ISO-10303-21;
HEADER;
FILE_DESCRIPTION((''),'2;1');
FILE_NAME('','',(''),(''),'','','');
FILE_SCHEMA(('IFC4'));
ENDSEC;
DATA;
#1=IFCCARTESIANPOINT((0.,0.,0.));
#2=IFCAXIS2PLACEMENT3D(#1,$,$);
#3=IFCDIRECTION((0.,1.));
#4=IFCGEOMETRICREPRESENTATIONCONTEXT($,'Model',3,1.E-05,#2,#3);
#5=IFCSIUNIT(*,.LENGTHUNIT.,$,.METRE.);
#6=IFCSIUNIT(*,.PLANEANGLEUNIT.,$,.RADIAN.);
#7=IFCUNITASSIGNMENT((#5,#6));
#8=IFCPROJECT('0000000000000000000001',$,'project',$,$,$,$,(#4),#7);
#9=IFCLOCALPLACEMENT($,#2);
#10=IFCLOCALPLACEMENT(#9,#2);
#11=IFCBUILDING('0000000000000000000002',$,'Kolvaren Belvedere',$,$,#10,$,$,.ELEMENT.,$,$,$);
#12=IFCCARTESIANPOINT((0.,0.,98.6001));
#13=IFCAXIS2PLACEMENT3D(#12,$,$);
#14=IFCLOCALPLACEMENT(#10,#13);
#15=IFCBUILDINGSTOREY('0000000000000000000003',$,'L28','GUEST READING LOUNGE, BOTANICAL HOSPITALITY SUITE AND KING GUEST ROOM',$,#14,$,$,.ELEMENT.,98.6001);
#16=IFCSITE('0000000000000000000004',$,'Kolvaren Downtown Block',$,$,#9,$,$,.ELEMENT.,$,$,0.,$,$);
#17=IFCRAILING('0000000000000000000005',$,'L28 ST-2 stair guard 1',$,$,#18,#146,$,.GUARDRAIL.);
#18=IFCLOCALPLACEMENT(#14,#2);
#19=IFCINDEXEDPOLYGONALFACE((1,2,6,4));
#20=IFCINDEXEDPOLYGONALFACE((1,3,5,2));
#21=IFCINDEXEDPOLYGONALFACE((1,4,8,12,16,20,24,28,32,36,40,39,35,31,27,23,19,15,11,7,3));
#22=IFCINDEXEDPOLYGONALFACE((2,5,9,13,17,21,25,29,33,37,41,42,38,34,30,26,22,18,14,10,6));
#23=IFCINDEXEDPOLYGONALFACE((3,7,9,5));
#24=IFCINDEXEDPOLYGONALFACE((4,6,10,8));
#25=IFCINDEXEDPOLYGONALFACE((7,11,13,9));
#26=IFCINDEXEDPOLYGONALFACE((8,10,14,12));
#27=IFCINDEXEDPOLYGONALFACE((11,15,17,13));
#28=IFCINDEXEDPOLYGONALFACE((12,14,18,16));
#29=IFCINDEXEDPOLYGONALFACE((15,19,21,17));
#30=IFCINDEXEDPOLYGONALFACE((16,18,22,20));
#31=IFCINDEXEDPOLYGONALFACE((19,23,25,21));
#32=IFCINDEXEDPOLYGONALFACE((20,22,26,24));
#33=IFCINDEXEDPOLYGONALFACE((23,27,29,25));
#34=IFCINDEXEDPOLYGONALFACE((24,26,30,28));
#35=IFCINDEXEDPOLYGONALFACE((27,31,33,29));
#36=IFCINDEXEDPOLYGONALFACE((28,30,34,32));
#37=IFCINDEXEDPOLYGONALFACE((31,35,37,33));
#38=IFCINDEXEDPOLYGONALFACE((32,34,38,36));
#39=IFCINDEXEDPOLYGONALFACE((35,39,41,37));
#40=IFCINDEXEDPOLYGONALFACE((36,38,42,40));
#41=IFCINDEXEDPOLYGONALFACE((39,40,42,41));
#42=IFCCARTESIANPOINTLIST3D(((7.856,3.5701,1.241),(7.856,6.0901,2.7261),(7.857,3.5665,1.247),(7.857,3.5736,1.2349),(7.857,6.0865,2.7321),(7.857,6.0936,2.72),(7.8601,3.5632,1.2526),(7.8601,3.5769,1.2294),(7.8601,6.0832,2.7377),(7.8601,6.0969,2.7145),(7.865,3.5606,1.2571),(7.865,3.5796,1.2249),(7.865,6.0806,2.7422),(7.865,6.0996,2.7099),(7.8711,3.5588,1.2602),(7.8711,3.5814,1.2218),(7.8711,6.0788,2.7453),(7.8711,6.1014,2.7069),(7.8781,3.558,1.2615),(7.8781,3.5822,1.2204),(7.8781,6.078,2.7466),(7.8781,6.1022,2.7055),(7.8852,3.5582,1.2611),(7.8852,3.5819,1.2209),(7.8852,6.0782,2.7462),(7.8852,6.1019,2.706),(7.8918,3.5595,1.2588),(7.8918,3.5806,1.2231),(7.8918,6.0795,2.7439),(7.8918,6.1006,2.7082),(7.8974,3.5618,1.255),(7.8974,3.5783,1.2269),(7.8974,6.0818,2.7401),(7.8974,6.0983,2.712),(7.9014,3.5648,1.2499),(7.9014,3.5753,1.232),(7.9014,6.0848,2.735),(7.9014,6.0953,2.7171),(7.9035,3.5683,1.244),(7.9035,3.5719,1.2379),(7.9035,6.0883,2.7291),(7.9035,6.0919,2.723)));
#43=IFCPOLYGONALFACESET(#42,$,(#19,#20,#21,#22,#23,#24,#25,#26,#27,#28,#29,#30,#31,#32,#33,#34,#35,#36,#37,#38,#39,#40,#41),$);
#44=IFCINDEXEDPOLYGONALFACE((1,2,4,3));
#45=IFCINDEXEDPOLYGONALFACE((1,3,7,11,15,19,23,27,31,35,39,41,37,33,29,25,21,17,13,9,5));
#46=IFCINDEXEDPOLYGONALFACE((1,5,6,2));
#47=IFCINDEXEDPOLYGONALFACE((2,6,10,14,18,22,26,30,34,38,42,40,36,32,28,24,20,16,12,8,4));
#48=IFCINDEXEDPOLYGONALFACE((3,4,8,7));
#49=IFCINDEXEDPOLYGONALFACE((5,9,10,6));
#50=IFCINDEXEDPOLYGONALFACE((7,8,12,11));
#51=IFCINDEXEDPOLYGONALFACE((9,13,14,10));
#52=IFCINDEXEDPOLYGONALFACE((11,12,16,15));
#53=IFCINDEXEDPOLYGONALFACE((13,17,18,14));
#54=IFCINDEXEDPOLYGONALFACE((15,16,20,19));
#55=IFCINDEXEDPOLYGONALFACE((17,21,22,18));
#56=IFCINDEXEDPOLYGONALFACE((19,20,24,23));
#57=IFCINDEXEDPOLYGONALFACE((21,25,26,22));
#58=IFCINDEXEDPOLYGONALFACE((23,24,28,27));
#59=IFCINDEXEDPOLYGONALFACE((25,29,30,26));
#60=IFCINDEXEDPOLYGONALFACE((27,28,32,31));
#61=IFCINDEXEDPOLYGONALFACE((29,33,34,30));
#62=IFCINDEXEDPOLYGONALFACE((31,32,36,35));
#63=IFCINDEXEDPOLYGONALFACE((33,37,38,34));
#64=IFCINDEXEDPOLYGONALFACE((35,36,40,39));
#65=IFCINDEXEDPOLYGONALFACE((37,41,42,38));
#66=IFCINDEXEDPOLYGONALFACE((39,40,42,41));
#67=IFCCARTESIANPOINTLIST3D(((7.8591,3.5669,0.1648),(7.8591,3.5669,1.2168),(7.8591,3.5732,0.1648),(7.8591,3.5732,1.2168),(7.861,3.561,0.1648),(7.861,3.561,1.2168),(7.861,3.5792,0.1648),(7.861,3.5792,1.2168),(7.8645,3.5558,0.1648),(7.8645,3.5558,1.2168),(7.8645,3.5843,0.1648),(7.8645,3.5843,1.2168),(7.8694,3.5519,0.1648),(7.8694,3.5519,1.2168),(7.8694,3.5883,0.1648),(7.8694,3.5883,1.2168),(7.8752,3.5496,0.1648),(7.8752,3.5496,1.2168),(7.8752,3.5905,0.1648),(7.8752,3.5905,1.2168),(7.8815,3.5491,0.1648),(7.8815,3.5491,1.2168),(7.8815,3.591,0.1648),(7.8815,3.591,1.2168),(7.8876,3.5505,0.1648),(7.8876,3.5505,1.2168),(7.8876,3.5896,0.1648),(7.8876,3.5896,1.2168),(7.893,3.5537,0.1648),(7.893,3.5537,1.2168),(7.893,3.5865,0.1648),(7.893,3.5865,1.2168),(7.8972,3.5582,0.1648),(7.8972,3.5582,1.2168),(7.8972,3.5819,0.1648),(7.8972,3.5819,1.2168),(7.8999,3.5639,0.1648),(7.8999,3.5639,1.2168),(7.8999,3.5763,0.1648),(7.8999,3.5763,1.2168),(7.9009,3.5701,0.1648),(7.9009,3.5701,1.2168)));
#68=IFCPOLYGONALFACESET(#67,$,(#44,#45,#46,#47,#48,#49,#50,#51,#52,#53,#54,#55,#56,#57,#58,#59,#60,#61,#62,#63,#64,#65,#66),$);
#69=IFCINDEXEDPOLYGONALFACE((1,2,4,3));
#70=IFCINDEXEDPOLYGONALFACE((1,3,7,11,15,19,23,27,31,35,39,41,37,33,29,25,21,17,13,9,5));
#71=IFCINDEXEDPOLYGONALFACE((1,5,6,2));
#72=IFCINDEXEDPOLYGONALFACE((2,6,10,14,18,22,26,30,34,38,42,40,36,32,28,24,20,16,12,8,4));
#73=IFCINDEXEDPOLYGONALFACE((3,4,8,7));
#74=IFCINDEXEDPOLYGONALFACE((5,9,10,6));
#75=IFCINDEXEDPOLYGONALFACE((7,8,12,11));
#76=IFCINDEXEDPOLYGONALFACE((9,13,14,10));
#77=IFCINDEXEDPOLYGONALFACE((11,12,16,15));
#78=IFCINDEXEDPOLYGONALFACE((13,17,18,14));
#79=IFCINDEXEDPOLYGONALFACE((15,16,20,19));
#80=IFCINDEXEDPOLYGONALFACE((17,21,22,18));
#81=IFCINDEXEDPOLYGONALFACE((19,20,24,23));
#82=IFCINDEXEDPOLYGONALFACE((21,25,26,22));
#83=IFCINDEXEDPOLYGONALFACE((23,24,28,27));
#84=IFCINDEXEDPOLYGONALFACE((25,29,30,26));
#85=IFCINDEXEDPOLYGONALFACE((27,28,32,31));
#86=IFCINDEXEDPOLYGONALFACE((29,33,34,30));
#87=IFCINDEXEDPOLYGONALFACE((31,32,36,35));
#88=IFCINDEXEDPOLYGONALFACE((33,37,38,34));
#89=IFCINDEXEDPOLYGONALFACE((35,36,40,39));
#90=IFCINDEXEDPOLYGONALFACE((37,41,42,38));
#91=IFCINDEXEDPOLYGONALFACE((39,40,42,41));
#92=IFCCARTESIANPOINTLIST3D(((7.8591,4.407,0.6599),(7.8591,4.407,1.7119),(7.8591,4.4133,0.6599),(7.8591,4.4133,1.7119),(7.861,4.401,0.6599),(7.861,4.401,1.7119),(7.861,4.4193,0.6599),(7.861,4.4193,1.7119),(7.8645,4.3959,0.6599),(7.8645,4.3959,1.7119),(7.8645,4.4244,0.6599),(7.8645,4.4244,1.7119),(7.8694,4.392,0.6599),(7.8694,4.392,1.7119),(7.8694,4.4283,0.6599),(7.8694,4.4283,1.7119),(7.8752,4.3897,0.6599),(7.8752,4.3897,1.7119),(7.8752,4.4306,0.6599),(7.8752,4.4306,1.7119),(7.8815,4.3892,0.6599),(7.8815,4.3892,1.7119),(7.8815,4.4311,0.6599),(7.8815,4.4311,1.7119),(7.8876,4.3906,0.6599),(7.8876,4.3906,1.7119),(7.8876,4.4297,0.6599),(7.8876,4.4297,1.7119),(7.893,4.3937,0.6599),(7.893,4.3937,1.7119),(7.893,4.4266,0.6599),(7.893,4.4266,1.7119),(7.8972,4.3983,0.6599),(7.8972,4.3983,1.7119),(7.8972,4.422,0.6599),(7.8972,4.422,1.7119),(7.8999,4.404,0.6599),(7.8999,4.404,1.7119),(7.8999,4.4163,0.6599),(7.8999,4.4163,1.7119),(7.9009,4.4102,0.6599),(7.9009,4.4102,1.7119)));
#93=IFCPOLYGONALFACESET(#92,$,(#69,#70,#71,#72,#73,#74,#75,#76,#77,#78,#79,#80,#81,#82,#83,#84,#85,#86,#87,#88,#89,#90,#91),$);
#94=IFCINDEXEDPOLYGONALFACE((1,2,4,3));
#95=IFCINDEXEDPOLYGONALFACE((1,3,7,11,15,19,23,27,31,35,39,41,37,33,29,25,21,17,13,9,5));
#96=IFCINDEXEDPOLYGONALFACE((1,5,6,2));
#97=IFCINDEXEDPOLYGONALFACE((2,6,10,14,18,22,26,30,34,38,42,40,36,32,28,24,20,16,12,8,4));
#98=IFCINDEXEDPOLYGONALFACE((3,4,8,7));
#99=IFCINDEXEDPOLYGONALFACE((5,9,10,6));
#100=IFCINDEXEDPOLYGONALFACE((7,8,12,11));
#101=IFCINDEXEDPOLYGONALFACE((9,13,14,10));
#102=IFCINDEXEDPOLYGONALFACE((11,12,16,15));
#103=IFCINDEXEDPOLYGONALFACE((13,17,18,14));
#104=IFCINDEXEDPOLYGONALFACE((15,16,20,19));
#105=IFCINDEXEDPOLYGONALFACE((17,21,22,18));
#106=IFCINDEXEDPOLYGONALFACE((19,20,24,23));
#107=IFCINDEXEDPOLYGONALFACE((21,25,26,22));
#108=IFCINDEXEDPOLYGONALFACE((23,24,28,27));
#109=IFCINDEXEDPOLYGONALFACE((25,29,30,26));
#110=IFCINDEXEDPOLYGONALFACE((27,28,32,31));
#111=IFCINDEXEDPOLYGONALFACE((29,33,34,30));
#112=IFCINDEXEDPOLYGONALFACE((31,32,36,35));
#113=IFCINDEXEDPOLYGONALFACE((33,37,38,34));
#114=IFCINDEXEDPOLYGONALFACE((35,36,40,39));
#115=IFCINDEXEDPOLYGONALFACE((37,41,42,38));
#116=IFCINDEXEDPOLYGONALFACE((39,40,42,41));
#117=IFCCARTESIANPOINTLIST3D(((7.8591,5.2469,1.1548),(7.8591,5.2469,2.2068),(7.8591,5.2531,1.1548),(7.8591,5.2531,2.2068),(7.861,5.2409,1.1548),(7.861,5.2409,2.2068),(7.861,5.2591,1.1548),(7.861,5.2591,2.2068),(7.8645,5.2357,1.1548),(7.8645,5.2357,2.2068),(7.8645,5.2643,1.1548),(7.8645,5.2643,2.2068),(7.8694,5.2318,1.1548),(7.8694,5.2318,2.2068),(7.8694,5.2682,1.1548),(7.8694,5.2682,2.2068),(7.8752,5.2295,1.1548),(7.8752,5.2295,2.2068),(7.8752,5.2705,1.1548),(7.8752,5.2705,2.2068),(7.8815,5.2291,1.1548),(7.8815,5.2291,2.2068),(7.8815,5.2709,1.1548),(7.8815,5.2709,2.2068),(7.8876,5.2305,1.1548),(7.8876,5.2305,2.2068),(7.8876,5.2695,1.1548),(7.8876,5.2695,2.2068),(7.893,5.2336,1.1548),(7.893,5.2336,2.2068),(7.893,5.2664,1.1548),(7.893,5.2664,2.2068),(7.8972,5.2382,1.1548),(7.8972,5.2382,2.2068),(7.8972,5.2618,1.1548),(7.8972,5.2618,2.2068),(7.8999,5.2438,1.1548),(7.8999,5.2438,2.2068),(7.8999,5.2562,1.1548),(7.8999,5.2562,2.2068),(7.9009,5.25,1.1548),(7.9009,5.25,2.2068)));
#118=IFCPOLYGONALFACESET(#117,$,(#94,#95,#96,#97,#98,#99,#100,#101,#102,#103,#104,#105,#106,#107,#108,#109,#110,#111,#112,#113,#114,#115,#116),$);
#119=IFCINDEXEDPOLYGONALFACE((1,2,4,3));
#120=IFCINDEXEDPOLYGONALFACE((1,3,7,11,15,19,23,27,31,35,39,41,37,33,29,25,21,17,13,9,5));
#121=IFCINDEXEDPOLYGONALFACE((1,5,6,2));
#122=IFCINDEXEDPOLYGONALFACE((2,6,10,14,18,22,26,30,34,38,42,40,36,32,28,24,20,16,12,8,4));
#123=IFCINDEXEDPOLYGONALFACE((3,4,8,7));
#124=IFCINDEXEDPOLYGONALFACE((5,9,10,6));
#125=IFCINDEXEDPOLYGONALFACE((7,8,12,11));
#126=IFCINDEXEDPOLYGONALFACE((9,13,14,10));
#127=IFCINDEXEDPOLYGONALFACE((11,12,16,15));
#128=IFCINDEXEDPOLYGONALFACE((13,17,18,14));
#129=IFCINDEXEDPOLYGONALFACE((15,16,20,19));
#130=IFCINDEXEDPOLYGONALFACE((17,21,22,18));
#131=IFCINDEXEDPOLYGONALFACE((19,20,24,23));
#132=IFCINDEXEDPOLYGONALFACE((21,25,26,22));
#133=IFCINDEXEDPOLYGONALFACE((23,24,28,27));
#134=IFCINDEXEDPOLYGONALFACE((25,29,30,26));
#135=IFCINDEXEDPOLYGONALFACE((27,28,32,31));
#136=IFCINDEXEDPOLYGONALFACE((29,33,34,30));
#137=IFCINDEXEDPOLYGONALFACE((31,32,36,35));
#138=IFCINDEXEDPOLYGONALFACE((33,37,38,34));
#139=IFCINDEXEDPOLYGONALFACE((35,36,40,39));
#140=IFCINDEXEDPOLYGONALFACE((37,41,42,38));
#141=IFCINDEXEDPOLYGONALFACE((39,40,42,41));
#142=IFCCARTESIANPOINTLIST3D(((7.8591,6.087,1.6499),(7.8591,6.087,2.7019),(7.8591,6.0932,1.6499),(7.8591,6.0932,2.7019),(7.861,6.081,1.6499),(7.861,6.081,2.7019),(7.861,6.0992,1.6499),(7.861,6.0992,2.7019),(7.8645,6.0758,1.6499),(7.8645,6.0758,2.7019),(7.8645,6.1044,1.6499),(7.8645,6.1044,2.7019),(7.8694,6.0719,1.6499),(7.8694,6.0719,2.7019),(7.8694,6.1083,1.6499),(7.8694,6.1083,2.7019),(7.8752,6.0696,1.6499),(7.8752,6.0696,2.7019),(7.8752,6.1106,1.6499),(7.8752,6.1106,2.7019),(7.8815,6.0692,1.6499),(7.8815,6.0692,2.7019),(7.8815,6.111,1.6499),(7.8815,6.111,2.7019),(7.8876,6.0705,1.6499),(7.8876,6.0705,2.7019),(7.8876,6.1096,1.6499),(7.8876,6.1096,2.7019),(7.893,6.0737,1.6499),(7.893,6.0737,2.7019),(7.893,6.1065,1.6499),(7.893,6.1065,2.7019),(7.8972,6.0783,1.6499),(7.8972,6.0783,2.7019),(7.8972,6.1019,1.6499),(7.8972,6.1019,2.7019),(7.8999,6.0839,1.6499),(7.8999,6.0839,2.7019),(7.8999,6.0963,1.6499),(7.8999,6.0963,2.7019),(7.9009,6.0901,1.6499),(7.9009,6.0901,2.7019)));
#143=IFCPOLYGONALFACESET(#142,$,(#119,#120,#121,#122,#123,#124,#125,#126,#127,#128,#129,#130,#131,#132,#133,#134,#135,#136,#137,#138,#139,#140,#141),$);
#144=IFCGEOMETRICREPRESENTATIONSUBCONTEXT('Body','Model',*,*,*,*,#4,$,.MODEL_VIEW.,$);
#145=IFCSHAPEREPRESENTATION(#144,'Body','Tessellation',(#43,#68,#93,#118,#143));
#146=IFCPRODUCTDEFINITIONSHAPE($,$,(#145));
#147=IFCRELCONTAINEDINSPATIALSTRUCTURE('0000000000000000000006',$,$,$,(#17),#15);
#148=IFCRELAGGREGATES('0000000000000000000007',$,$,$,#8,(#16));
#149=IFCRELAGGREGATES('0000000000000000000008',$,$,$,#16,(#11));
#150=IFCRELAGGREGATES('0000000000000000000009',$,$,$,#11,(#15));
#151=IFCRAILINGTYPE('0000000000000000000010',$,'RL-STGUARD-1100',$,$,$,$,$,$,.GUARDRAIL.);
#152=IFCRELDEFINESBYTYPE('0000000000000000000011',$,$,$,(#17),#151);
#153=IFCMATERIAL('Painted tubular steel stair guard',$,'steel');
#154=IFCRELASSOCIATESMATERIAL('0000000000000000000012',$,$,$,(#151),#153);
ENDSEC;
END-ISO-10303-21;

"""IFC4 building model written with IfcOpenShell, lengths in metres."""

from ifc_helpers import new_model, si_unit, direction, frame, origin, origin_2d, place, context, subcontext, project, spatial, circle, extrude, material, type_object, element, save


model = new_model("IFC4")

# Units and contexts
model_context = context("Model", 3, precision=1e-05, world=origin(), true_north=direction((0.0, 1.0)))
body_context = subcontext(model_context, "Body", "Model", "MODEL_VIEW")
ifc_project = project(units=[si_unit("LENGTHUNIT", "METRE"), si_unit("PLANEANGLEUNIT", "RADIAN")], contexts=[model_context])

# Site, building, storey
site_placement = place(None, origin())
site = spatial("IfcSite", under=ifc_project, at=site_placement, Name="Kolvaren Downtown Block", CompositionType="ELEMENT", RefElevation=0.0)
building_placement = place(site_placement, origin())
building = spatial("IfcBuilding", under=site, at=building_placement, Name="Kolvaren Belvedere", CompositionType="ELEMENT")
storey_placement = place(building_placement, frame((0.0, 0.0, 98.6001)))
storey = spatial("IfcBuildingStorey", under=building, at=storey_placement, Name="L28", Description="GUEST READING LOUNGE, BOTANICAL HOSPITALITY SUITE AND KING GUEST ROOM", CompositionType="ELEMENT", Elevation=98.6001)

# Railing
ifc_material_1 = material(Name="Painted tubular steel stair guard", Category="steel")
railing_type_1 = type_object("IfcRailingType", Name="RL-STGUARD-1100", PredefinedType="GUARDRAIL", material=ifc_material_1)
railing_1_placement = place(storey_placement, frame((7.8799, 3.5701, 0.1648)))
element("IfcRailing", 1, at=railing_1_placement, inside=storey, type_object=railing_type_1, Name="L28 ST-2 stair guard 1", PredefinedType="GUARDRAIL", context=body_context, shape_type="SweptSolid", body=[
    extrude(circle(Radius=0.0239, at=origin_2d()), frame((0.0, 0.0, 1.0762), z_axis=(0.0, 0.861524, 0.507717), x_axis=(-1.0, 0.0, 0.0)), (0.0, 0.0, 1.0), 2.925),
    extrude(circle(Radius=0.021, at=origin_2d()), origin(), (0.0, 0.0, 1.0), 1.052),
    extrude(circle(Radius=0.021, at=origin_2d()), frame((0.0, 0.8401, 0.4951)), (0.0, 0.0, 1.0), 1.052),
    extrude(circle(Radius=0.021, at=origin_2d()), frame((0.0, 1.6799, 0.99)), (0.0, 0.0, 1.0), 1.052),
    extrude(circle(Radius=0.021, at=origin_2d()), frame((0.0, 2.52, 1.4851)), (0.0, 0.0, 1.0), 1.052),
])

save(model, "model.ifc")
